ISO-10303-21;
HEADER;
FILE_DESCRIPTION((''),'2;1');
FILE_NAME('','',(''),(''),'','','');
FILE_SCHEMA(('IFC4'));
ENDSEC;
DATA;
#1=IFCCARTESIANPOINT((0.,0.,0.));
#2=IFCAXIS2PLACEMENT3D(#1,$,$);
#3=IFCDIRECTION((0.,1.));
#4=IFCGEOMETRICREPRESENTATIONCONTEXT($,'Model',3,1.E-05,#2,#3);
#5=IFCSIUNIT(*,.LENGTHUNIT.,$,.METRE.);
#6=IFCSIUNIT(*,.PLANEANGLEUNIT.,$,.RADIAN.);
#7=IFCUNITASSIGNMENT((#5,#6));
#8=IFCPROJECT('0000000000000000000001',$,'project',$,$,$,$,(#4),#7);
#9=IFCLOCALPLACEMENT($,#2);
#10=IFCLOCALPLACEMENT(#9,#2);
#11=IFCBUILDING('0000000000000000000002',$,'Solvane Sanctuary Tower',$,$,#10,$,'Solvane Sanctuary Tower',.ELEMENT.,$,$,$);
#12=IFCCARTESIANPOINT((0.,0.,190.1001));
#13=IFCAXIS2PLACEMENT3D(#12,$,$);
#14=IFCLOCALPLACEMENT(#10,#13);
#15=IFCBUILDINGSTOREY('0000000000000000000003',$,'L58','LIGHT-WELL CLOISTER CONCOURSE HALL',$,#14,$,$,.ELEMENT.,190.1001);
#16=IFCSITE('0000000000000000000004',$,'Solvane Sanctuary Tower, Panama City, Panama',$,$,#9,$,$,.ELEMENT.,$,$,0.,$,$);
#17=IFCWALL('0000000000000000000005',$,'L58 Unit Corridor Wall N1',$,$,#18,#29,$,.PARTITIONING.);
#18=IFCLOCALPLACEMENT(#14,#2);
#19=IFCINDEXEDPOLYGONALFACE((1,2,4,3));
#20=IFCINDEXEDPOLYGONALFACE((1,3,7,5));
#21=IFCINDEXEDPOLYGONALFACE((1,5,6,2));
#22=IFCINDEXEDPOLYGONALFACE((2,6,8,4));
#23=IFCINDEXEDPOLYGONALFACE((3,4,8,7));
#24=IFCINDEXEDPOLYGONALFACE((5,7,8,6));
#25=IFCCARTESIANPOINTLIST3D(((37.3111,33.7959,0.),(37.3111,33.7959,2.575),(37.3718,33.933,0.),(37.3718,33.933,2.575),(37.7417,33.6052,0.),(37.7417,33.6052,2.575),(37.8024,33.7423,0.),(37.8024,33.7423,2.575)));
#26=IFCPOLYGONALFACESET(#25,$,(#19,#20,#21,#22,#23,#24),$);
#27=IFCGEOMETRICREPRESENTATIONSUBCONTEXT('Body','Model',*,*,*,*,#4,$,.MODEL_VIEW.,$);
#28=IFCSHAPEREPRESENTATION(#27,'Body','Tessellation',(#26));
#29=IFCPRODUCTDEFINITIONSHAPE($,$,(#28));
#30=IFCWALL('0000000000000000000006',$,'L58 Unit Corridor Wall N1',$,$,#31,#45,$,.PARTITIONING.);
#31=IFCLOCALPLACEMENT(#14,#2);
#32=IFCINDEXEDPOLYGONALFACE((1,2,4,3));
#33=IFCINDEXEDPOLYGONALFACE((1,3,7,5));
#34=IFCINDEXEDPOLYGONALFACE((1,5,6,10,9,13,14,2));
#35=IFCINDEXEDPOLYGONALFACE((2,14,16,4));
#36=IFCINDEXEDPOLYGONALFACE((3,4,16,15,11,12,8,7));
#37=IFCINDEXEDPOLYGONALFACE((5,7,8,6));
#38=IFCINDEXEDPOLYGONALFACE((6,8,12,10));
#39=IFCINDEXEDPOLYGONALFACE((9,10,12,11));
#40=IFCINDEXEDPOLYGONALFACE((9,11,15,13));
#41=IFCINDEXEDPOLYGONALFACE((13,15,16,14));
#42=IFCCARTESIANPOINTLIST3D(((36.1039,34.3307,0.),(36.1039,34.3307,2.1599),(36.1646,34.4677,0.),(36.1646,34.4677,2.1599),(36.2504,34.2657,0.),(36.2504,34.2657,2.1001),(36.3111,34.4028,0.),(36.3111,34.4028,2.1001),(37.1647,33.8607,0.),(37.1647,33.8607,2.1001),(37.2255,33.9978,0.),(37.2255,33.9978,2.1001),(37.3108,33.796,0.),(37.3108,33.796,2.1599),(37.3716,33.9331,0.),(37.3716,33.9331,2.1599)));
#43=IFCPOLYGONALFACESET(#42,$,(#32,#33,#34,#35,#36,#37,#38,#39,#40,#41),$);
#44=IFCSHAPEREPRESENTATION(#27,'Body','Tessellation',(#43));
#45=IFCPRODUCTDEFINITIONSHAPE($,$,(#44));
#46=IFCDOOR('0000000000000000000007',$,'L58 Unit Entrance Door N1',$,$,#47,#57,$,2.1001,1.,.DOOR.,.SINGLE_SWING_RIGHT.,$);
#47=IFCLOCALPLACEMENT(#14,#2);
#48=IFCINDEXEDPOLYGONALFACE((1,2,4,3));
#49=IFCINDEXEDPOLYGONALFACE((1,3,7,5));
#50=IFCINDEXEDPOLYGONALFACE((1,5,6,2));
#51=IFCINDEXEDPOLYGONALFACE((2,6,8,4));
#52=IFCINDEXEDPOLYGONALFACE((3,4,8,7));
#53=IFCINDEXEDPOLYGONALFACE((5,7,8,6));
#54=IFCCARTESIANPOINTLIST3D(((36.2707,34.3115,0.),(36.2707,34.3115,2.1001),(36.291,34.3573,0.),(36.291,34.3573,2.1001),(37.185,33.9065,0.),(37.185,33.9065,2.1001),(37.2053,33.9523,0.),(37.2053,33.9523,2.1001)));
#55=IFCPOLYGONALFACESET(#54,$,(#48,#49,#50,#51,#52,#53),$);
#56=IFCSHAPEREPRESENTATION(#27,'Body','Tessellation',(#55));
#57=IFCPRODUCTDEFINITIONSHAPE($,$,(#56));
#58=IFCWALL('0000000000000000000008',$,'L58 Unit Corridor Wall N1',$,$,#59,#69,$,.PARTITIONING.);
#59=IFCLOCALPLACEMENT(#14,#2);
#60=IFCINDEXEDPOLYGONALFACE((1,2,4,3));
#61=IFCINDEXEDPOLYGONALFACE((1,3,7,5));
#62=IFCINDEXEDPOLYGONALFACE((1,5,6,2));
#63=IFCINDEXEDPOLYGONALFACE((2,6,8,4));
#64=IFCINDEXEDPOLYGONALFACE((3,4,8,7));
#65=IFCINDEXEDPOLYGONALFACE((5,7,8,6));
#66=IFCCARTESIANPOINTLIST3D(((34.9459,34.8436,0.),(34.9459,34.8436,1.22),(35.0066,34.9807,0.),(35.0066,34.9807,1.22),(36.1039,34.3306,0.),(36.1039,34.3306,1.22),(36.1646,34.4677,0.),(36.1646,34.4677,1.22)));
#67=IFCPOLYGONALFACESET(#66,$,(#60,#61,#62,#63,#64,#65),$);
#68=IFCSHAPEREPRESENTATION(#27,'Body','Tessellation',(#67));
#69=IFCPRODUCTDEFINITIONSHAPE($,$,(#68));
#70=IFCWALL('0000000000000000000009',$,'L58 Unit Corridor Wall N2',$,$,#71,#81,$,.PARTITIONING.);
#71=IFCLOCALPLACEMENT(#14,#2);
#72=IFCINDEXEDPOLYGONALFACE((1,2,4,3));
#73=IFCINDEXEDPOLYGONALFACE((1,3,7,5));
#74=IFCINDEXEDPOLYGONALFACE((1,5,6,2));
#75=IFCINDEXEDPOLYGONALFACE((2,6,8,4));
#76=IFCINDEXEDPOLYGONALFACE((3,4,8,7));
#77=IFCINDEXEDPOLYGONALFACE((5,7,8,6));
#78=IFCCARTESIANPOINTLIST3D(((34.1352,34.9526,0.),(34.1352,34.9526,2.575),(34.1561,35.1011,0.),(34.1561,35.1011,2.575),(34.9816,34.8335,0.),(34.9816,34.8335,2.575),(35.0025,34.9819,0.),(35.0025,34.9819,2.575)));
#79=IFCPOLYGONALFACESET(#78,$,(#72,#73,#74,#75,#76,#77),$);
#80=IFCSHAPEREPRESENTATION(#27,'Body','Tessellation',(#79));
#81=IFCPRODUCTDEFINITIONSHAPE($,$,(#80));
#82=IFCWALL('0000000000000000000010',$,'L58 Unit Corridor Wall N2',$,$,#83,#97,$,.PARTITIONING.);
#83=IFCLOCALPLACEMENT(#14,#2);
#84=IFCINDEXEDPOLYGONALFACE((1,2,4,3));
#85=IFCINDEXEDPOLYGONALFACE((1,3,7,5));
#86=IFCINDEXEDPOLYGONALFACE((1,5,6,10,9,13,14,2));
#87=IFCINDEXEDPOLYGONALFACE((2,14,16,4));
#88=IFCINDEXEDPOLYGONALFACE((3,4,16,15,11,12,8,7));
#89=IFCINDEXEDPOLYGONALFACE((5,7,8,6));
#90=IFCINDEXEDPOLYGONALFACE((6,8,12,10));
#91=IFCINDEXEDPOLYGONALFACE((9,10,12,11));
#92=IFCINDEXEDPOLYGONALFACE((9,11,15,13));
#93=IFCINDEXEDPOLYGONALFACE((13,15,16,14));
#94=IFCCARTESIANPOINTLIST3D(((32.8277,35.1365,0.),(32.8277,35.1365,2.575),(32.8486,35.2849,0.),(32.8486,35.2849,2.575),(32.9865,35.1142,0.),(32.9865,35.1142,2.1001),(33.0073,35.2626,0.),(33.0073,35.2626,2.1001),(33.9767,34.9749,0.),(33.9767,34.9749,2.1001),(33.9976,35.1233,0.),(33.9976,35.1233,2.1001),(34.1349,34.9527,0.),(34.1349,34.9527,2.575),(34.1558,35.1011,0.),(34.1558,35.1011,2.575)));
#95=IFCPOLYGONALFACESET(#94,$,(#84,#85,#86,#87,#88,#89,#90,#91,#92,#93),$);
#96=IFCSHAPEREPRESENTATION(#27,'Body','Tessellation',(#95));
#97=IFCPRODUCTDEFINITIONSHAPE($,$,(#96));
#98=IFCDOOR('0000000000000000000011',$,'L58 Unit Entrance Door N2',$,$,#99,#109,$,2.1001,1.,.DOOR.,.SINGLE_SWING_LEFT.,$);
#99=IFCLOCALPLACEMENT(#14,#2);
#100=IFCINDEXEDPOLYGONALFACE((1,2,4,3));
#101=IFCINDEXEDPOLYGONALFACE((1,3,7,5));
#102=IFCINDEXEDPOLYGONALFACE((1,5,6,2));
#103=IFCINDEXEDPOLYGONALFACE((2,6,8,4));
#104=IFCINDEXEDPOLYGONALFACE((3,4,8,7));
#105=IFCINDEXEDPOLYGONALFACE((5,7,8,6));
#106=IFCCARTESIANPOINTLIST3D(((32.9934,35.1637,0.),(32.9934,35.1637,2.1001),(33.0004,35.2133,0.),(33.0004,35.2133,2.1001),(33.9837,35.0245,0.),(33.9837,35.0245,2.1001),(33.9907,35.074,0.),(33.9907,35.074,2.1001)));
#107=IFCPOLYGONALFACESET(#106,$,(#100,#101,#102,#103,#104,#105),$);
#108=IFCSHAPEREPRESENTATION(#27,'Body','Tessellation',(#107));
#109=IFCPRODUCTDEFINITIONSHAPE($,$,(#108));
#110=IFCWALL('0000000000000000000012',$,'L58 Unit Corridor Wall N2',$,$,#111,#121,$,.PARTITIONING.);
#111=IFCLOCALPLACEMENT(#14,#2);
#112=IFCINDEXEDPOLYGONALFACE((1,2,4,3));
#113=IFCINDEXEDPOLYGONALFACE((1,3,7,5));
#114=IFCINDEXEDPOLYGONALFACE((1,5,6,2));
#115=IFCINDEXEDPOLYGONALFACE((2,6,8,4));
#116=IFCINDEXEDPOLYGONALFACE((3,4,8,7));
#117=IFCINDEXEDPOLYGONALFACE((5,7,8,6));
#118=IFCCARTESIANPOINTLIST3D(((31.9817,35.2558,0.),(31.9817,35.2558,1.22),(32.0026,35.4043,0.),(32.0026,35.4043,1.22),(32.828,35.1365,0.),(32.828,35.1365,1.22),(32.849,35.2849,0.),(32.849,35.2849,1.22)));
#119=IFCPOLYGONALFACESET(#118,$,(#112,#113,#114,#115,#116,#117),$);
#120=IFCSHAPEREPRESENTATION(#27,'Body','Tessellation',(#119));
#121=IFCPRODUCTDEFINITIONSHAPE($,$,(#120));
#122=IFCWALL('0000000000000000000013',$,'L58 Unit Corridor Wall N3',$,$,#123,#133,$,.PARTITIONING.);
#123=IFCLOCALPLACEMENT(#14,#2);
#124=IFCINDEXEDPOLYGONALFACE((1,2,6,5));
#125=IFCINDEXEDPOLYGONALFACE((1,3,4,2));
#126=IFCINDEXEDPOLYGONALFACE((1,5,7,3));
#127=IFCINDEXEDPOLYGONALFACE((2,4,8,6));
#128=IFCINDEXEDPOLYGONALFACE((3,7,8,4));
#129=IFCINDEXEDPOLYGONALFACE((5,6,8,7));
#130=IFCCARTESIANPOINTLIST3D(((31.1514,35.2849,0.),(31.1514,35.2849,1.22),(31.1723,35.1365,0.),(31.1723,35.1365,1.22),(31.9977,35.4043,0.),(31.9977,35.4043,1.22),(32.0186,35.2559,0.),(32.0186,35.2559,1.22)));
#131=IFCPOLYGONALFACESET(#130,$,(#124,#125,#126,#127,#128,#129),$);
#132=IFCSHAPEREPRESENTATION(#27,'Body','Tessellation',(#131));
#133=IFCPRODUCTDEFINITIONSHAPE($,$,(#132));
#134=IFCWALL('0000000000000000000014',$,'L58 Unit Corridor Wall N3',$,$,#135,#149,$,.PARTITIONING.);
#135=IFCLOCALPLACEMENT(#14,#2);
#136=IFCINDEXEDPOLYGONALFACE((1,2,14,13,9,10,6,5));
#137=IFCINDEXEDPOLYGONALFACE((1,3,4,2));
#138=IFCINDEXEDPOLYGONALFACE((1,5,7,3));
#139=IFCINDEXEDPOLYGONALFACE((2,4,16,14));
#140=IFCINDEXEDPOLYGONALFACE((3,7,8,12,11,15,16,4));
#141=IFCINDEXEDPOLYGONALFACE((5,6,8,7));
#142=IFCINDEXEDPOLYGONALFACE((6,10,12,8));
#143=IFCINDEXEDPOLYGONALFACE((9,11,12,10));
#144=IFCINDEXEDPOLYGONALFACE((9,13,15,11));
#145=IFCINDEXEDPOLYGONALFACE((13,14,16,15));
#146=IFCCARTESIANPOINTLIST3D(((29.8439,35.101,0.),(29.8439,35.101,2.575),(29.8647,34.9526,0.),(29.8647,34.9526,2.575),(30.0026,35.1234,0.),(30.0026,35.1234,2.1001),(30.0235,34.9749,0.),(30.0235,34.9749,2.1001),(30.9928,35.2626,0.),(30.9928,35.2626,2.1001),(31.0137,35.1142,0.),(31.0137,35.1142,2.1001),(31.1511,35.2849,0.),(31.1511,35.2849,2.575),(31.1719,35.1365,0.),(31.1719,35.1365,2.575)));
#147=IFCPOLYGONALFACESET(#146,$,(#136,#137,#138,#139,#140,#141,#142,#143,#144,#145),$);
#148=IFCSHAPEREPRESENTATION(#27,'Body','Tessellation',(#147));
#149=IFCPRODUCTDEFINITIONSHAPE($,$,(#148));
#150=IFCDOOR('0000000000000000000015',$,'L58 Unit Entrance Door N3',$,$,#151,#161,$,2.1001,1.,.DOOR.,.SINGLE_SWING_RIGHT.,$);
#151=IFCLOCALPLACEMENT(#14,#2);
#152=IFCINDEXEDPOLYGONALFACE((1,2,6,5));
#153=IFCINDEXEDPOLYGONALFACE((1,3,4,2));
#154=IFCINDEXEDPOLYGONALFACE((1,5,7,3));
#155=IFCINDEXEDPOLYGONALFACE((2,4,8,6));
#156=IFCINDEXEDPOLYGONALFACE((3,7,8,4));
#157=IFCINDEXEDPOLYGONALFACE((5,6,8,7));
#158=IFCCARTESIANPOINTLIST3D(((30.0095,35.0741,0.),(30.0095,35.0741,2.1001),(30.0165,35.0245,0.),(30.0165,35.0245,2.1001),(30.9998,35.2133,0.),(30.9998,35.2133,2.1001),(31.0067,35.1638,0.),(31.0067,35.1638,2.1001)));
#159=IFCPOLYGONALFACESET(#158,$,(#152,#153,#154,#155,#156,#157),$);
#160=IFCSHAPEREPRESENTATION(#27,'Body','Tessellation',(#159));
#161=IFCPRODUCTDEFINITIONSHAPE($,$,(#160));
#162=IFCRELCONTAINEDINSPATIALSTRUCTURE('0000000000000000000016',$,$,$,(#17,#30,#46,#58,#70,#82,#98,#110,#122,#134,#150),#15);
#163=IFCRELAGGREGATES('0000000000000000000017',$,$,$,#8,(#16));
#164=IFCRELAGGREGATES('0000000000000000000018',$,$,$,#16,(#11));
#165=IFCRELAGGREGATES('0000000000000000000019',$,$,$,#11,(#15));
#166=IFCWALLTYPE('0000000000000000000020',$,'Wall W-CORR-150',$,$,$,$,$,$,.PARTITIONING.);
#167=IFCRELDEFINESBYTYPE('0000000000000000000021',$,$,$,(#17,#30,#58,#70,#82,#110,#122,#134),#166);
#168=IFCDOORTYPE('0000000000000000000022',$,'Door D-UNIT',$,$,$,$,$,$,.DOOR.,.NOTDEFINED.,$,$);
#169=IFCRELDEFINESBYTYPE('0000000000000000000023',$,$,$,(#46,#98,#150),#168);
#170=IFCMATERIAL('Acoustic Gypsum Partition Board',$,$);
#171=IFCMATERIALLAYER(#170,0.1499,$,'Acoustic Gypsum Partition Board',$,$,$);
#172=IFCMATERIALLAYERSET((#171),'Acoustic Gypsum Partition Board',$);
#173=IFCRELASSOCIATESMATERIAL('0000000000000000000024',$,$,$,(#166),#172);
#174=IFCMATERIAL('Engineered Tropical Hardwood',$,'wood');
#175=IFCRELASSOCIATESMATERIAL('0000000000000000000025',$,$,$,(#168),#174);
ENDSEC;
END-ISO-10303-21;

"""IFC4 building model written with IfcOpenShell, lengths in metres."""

from ifc_helpers import new_model, si_unit, direction, frame, frame_2d, origin, place, context, subcontext, project, spatial, rectangle, extrude, material, layer, layer_set, type_object, element, fill, save


model = new_model("IFC4")

# Units and contexts
model_context = context("Model", 3, precision=1e-05, world=origin(), true_north=direction((0.0, 1.0)))
body_context = subcontext(model_context, "Body", "Model", "MODEL_VIEW")
ifc_project = project(units=[si_unit("LENGTHUNIT", "METRE"), si_unit("PLANEANGLEUNIT", "RADIAN")], contexts=[model_context])

# Site, building, storey
site_placement = place(None, origin())
site = spatial("IfcSite", under=ifc_project, at=site_placement, Name="Solvane Sanctuary Tower, Panama City, Panama", CompositionType="ELEMENT", RefElevation=0.0)
building_placement = place(site_placement, origin())
building = spatial("IfcBuilding", under=site, at=building_placement, Name="Solvane Sanctuary Tower", LongName="Solvane Sanctuary Tower", CompositionType="ELEMENT")
storey_placement = place(building_placement, frame((0.0, 0.0, 190.1001)))
storey = spatial("IfcBuildingStorey", under=building, at=storey_placement, Name="L58", Description="LIGHT-WELL CLOISTER CONCOURSE HALL", CompositionType="ELEMENT", Elevation=190.1001)

# Wall
ifc_material_1 = material(Name="Acoustic Gypsum Partition Board")
ifc_layer_1 = layer(ifc_material_1, 0.1499, Name="Acoustic Gypsum Partition Board")
ifc_layer_set_1 = layer_set([ifc_layer_1], Name="Acoustic Gypsum Partition Board")
wall_type_1 = type_object("IfcWallType", Name="Wall W-CORR-150", PredefinedType="PARTITIONING", material=ifc_layer_set_1)
wall_1_placement = place(storey_placement, frame((37.772, 33.6738, 0.0), z_axis=(0.0, 0.0, 1.0), x_axis=(-0.914388, 0.404839, 0.0)))
element("IfcWall", 1, at=wall_1_placement, inside=storey, type_object=wall_type_1, Name="L58 Unit Corridor Wall N1", PredefinedType="PARTITIONING", context=body_context, shape_type="SweptSolid", body=[
    extrude(rectangle(XDim=0.4709, YDim=0.1499, at=frame_2d((0.2354, 0.0))), origin(), (0.0, 0.0, 1.0), 2.575),
])

# Wall, opening, door
wall_2_placement = place(storey_placement, frame((37.3413, 33.8645, 0.0), z_axis=(0.0, 0.0, 1.0), x_axis=(-0.914314, 0.405006, 0.0)))
wall_2 = element("IfcWall", 2, at=wall_2_placement, inside=storey, type_object=wall_type_1, Name="L58 Unit Corridor Wall N1", PredefinedType="PARTITIONING", context=body_context, shape_type="SweptSolid", body=[
    extrude(rectangle(XDim=1.3201, YDim=0.1499, at=frame_2d((0.6602, 0.0))), origin(), (0.0, 0.0, 1.0), 2.1599),
])
opening_1_placement = place(wall_2_placement, frame((0.1599, 0.0, 0.0)))
opening_1 = element("IfcOpeningElement", 3, at=opening_1_placement, cuts=wall_2, PredefinedType="OPENING", context=body_context, shape_type="SweptSolid", body=[
    extrude(rectangle(XDim=1.0, YDim=2.1001, at=frame_2d((0.5, 1.05))), frame((0.0, 0.085, 0.0), z_axis=(0.0, -1.0, 0.0), x_axis=(1.0, 0.0, 0.0)), (0.0, 0.0, 1.0), 0.1699),
])
ifc_material_2 = material(Name="Engineered Tropical Hardwood", Category="wood")
door_type = type_object("IfcDoorType", Name="Door D-UNIT", OperationType="NOTDEFINED", PredefinedType="DOOR", material=ifc_material_2)
door_1_placement = place(opening_1_placement, origin())
door_1 = element("IfcDoor", 4, at=door_1_placement, inside=storey, type_object=door_type, Name="L58 Unit Entrance Door N1", OperationType="SINGLE_SWING_RIGHT", OverallHeight=2.1001, OverallWidth=1.0, PredefinedType="DOOR", context=body_context, shape_type="SweptSolid", body=[
    extrude(rectangle(XDim=1.0, YDim=2.1001, at=frame_2d((0.5, 1.05))), frame((0.0, 0.0249, 0.0), z_axis=(0.0, -1.0, 0.0), x_axis=(1.0, 0.0, 0.0)), (0.0, 0.0, 1.0), 0.05),
])
fill(opening_1, door_1)

# Walls
wall_3_placement = place(storey_placement, frame((36.1343, 34.3992, 0.0), z_axis=(0.0, 0.0, 1.0), x_axis=(-0.914312, 0.405011, 0.0)))
element("IfcWall", 5, at=wall_3_placement, inside=storey, type_object=wall_type_1, Name="L58 Unit Corridor Wall N1", PredefinedType="PARTITIONING", context=body_context, shape_type="SweptSolid", body=[
    extrude(rectangle(XDim=1.2666, YDim=0.1499, at=frame_2d((0.6333, 0.0))), origin(), (0.0, 0.0, 1.0), 1.22),
])
wall_4_placement = place(storey_placement, frame((34.9919, 34.9077, 0.0), z_axis=(0.0, 0.0, 1.0), x_axis=(-0.990239, 0.139382, 0.0)))
element("IfcWall", 6, at=wall_4_placement, inside=storey, type_object=wall_type_1, Name="L58 Unit Corridor Wall N2", PredefinedType="PARTITIONING", context=body_context, shape_type="SweptSolid", body=[
    extrude(rectangle(XDim=0.8547, YDim=0.1499, at=frame_2d((0.4272, 0.0))), origin(), (0.0, 0.0, 1.0), 2.575),
])

# Wall, opening, door
wall_5_placement = place(storey_placement, frame((34.1455, 35.0269, 0.0), z_axis=(0.0, 0.0, 1.0), x_axis=(-0.990254, 0.139272, 0.0)))
wall_5 = element("IfcWall", 7, at=wall_5_placement, inside=storey, type_object=wall_type_1, Name="L58 Unit Corridor Wall N2", PredefinedType="PARTITIONING", context=body_context, shape_type="SweptSolid", body=[
    extrude(rectangle(XDim=1.3201, YDim=0.1499, at=frame_2d((0.6602, 0.0))), origin(), (0.0, 0.0, 1.0), 2.575),
])
opening_2_placement = place(wall_5_placement, frame((0.1599, 0.0, 0.0)))
opening_2 = element("IfcOpeningElement", 8, at=opening_2_placement, cuts=wall_5, PredefinedType="OPENING", context=body_context, shape_type="SweptSolid", body=[
    extrude(rectangle(XDim=1.0, YDim=2.1001, at=frame_2d((0.5, 1.05))), frame((0.0, 0.085, 0.0), z_axis=(0.0, -1.0, 0.0), x_axis=(1.0, 0.0, 0.0)), (0.0, 0.0, 1.0), 0.1699),
])
door_2_placement = place(opening_2_placement, origin())
door_2 = element("IfcDoor", 9, at=door_2_placement, inside=storey, type_object=door_type, Name="L58 Unit Entrance Door N2", OperationType="SINGLE_SWING_LEFT", OverallHeight=2.1001, OverallWidth=1.0, PredefinedType="DOOR", context=body_context, shape_type="SweptSolid", body=[
    extrude(rectangle(XDim=1.0, YDim=2.1001, at=frame_2d((0.5, 1.05))), frame((0.0, 0.0249, 0.0), z_axis=(0.0, -1.0, 0.0), x_axis=(1.0, 0.0, 0.0)), (0.0, 0.0, 1.0), 0.05),
])
fill(opening_2, door_2)

# Walls
for number, where, z_axis, x_axis, name in (
    (10, (32.8384, 35.2107, 0.0), (0.0, 0.0, 1.0), (-0.990199, 0.139662, 0.0), "L58 Unit Corridor Wall N2"),
    (11, (32.0081, 35.3301, 0.0), (0.0, 0.0, 1.0), (-0.990199, -0.139662, 0.0), "L58 Unit Corridor Wall N3"),
):
    element("IfcWall", number, at=place(storey_placement, frame(where, z_axis=z_axis, x_axis=x_axis)), inside=storey, type_object=wall_type_1, Name=name, PredefinedType="PARTITIONING", context=body_context, shape_type="SweptSolid", body=[
        extrude(rectangle(XDim=0.8547, YDim=0.1499, at=frame_2d((0.4272, 0.0))), origin(), (0.0, 0.0, 1.0), 1.22),
    ])

# Wall, opening, door
wall_6_placement = place(storey_placement, frame((31.1616, 35.2107, 0.0), z_axis=(0.0, 0.0, 1.0), x_axis=(-0.990254, -0.139272, 0.0)))
wall_6 = element("IfcWall", 12, at=wall_6_placement, inside=storey, type_object=wall_type_1, Name="L58 Unit Corridor Wall N3", PredefinedType="PARTITIONING", context=body_context, shape_type="SweptSolid", body=[
    extrude(rectangle(XDim=1.3201, YDim=0.1499, at=frame_2d((0.6602, 0.0))), origin(), (0.0, 0.0, 1.0), 2.575),
])
opening_3_placement = place(wall_6_placement, frame((0.1599, 0.0, 0.0)))
opening_3 = element("IfcOpeningElement", 13, at=opening_3_placement, cuts=wall_6, PredefinedType="OPENING", context=body_context, shape_type="SweptSolid", body=[
    extrude(rectangle(XDim=1.0, YDim=2.1001, at=frame_2d((0.5, 1.05))), frame((0.0, 0.085, 0.0), z_axis=(0.0, -1.0, 0.0), x_axis=(1.0, 0.0, 0.0)), (0.0, 0.0, 1.0), 0.1699),
])
door_3_placement = place(opening_3_placement, origin())
door_3 = element("IfcDoor", 14, at=door_3_placement, inside=storey, type_object=door_type, Name="L58 Unit Entrance Door N3", OperationType="SINGLE_SWING_RIGHT", OverallHeight=2.1001, OverallWidth=1.0, PredefinedType="DOOR", context=body_context, shape_type="SweptSolid", body=[
    extrude(rectangle(XDim=1.0, YDim=2.1001, at=frame_2d((0.5, 1.05))), frame((0.0, 0.0249, 0.0), z_axis=(0.0, -1.0, 0.0), x_axis=(1.0, 0.0, 0.0)), (0.0, 0.0, 1.0), 0.05),
])
fill(opening_3, door_3)

save(model, "model.ifc")
